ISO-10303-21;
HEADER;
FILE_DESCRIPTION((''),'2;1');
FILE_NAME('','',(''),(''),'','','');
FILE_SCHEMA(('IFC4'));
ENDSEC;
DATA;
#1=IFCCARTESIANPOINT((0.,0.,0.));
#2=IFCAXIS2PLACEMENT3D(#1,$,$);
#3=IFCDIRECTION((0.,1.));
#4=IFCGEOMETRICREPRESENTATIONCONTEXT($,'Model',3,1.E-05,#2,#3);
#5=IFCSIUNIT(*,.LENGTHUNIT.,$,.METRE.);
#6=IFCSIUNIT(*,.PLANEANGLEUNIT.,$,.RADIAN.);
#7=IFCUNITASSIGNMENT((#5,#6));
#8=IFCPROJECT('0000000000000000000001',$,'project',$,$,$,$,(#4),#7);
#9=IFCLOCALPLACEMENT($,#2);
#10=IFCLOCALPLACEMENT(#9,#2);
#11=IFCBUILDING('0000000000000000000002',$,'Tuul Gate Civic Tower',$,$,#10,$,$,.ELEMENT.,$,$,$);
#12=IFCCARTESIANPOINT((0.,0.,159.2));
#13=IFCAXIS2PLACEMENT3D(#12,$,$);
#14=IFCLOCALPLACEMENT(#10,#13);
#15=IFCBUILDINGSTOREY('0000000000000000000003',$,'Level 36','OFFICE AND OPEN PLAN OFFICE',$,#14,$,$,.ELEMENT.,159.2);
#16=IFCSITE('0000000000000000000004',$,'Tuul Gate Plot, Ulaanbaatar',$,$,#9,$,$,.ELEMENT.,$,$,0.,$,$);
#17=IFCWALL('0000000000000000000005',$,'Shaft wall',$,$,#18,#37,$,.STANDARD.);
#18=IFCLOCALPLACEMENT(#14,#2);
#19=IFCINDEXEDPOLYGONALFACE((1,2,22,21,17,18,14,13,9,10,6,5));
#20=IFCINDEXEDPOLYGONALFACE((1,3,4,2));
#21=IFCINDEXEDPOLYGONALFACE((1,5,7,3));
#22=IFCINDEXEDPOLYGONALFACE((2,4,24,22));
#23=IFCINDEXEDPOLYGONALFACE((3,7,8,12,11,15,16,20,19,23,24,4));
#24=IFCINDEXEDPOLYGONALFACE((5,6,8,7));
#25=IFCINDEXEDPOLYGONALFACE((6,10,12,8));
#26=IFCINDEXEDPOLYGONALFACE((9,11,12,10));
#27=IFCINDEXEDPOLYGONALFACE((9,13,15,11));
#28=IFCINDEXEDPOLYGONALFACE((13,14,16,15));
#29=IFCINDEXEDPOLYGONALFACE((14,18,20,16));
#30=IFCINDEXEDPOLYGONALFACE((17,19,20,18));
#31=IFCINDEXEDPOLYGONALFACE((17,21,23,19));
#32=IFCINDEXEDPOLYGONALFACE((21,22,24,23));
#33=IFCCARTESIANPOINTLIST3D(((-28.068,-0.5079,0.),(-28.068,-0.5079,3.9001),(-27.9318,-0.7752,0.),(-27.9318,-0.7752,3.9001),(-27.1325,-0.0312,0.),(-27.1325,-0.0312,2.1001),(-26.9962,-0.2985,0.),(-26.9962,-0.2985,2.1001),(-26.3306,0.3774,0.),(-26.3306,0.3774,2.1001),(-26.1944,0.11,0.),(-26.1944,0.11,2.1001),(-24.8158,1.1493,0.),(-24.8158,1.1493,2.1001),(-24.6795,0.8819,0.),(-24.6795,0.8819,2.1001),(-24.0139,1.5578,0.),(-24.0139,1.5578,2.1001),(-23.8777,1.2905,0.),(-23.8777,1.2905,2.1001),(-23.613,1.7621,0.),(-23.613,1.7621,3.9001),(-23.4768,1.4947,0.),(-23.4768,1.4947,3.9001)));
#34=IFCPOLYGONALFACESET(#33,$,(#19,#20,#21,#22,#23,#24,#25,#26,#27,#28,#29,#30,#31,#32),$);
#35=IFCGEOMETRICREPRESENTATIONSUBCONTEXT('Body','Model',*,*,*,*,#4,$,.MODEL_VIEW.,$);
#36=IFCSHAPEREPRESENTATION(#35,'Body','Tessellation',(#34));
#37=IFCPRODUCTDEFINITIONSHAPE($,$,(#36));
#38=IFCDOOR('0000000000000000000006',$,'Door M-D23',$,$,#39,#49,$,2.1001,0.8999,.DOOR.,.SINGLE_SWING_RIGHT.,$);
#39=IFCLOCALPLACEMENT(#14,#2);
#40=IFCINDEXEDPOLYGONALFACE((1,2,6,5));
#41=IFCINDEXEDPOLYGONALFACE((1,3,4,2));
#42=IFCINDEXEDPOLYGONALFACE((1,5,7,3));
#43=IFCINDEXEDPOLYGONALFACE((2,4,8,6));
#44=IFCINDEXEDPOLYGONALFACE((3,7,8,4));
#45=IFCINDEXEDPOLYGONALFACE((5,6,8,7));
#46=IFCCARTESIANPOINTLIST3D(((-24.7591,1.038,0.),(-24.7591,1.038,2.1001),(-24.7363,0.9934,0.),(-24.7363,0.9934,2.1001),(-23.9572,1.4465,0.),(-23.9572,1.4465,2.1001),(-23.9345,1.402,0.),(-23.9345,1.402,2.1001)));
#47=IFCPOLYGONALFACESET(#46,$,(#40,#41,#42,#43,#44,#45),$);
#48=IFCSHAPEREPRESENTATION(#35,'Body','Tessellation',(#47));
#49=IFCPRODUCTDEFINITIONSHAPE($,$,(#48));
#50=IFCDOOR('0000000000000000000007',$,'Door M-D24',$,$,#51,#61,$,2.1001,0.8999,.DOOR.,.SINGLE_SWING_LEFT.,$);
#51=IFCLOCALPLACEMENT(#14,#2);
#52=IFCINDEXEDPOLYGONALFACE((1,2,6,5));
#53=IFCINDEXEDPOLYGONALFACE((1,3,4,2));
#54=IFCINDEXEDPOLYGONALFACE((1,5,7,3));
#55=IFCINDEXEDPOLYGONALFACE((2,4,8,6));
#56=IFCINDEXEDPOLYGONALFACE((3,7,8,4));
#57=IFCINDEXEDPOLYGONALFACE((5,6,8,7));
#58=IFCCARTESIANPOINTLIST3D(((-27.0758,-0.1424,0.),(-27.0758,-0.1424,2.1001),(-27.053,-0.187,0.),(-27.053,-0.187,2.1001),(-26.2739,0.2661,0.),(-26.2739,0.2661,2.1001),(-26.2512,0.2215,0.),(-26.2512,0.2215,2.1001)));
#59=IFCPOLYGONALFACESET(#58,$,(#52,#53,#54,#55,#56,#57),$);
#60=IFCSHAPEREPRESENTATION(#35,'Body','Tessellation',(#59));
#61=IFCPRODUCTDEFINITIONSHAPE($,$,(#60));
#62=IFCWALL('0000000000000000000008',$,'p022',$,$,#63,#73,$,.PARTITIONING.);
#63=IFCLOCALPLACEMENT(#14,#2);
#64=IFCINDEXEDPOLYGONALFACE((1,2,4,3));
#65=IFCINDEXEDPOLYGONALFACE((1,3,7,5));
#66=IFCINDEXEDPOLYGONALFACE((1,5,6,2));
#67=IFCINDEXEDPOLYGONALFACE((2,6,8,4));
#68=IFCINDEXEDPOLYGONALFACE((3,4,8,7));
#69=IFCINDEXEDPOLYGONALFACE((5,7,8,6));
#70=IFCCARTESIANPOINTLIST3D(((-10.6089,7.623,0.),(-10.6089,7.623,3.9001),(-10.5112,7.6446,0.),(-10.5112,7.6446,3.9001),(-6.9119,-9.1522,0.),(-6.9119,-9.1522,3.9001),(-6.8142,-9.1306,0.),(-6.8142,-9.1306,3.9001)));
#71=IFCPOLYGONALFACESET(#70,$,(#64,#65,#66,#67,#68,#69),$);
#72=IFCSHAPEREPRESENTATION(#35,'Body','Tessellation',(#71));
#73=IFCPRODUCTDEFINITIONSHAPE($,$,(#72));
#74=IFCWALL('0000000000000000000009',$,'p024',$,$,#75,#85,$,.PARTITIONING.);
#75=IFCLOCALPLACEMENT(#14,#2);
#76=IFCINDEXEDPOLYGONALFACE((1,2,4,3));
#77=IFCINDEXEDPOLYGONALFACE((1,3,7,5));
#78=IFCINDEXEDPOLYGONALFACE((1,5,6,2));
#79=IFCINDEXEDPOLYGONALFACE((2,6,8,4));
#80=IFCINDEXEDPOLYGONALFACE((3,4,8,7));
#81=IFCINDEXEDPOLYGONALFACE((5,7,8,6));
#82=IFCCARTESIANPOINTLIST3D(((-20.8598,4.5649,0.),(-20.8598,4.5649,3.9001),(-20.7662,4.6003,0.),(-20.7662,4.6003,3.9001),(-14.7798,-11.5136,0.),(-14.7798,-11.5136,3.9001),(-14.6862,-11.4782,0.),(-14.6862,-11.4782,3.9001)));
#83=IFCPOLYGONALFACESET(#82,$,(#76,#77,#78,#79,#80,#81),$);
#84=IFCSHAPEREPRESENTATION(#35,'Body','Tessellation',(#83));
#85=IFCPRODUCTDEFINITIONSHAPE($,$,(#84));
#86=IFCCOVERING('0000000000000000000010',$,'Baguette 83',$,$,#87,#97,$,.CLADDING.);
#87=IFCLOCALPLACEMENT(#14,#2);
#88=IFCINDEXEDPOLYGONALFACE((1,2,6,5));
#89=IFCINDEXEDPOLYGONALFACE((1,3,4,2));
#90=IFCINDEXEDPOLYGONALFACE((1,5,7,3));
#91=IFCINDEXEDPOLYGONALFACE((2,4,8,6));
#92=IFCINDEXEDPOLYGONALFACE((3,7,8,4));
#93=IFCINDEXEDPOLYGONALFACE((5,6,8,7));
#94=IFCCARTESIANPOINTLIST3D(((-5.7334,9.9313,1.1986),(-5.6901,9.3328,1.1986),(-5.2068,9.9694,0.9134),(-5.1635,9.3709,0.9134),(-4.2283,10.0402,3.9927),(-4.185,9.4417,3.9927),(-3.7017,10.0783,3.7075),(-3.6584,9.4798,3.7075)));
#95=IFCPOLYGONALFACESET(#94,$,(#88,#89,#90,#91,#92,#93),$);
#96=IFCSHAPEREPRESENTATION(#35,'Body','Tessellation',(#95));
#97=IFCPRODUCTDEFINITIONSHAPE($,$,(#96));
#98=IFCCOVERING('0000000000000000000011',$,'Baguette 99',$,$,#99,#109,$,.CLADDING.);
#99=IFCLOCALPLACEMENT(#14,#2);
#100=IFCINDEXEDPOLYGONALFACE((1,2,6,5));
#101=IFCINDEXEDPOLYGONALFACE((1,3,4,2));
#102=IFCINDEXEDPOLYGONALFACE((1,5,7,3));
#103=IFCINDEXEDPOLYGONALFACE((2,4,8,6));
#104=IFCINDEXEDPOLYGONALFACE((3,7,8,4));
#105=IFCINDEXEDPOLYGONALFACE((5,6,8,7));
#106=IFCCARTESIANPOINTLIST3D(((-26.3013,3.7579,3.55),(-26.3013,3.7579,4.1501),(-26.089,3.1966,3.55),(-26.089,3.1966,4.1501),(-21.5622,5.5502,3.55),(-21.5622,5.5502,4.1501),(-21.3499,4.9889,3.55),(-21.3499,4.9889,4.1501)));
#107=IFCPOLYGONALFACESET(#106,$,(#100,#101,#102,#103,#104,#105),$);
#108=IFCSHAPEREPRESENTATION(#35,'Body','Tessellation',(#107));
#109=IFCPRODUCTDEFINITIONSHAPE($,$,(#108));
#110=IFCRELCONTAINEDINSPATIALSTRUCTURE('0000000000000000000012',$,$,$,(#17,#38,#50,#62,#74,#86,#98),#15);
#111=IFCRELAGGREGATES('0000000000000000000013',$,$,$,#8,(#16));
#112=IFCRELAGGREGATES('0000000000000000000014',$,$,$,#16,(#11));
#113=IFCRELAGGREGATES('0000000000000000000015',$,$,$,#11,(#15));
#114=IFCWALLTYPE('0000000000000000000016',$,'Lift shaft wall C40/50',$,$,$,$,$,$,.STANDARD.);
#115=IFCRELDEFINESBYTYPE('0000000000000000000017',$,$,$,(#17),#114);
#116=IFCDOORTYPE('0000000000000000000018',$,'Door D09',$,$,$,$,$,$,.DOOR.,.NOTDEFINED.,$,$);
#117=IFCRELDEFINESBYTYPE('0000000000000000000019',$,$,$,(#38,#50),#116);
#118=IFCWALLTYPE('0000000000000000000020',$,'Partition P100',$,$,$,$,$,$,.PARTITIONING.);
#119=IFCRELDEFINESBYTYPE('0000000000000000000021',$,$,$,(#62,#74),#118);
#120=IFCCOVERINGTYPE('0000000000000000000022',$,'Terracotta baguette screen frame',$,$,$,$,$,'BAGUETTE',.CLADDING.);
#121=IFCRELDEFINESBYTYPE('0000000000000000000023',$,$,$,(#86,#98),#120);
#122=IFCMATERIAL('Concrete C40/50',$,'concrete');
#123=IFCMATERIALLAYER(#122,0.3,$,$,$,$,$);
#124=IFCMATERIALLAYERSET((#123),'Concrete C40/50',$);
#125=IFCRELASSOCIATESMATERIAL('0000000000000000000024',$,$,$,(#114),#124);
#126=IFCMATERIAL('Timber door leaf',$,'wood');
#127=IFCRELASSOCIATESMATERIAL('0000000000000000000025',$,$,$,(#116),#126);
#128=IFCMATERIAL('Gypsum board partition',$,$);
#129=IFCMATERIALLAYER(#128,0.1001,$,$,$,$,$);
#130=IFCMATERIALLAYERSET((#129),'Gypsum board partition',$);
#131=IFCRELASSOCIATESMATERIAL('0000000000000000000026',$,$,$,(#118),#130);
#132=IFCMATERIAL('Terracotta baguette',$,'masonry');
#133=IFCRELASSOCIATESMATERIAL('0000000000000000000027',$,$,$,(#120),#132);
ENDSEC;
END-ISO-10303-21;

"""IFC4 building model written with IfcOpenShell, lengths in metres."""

from ifc_helpers import new_model, si_unit, direction, frame, frame_2d, origin, origin_2d, place, context, subcontext, project, spatial, rectangle, extrude, material, layer, layer_set, material_profile, profile_set, type_object, element, fill, save


model = new_model("IFC4")

# Units and contexts
model_context = context("Model", 3, precision=1e-05, world=origin(), true_north=direction((0.0, 1.0)))
body_context = subcontext(model_context, "Body", "Model", "MODEL_VIEW")
ifc_project = project(units=[si_unit("LENGTHUNIT", "METRE"), si_unit("PLANEANGLEUNIT", "RADIAN")], contexts=[model_context])

# Site, building, storey
site_placement = place(None, origin())
site = spatial("IfcSite", under=ifc_project, at=site_placement, Name="Tuul Gate Plot, Ulaanbaatar", CompositionType="ELEMENT", RefElevation=0.0)
building_placement = place(site_placement, origin())
building = spatial("IfcBuilding", under=site, at=building_placement, Name="Tuul Gate Civic Tower", CompositionType="ELEMENT")
storey_placement = place(building_placement, frame((0.0, 0.0, 159.2)))
storey = spatial("IfcBuildingStorey", under=building, at=storey_placement, Name="Level 36", Description="OFFICE AND OPEN PLAN OFFICE", CompositionType="ELEMENT", Elevation=159.2)

# Wall, openings, doors
ifc_material_1 = material(Name="Concrete C40/50", Category="concrete")
ifc_layer_1 = layer(ifc_material_1, 0.3)
ifc_layer_set_1 = layer_set([ifc_layer_1], Name="Concrete C40/50")
wall_type_1 = type_object("IfcWallType", Name="Lift shaft wall C40/50", PredefinedType="STANDARD", material=ifc_layer_set_1)
wall_1_placement = place(storey_placement, frame((-23.5449, 1.6284, 0.0), z_axis=(0.0, 0.0, 1.0), x_axis=(-0.891003, -0.453997, 0.0)))
wall_1 = element("IfcWall", 1, at=wall_1_placement, inside=storey, type_object=wall_type_1, Name="Shaft wall", PredefinedType="STANDARD", context=body_context, shape_type="SweptSolid", body=[
    extrude(rectangle(XDim=5.0, YDim=0.3, at=frame_2d((2.5, 0.0))), origin(), (0.0, 0.0, 1.0), 3.9001),
])
opening_1_placement = place(wall_1_placement, frame((0.45, 0.0, 0.0)))
opening_1 = element("IfcOpeningElement", 2, at=opening_1_placement, cuts=wall_1, PredefinedType="OPENING", context=body_context, shape_type="SweptSolid", body=[
    extrude(rectangle(XDim=0.8999, YDim=2.1001, at=frame_2d((0.45, 1.05))), frame((0.0, 0.1602, 0.0), z_axis=(0.0, -1.0, 0.0), x_axis=(1.0, 0.0, 0.0)), (0.0, 0.0, 1.0), 0.3201),
])
opening_2_placement = place(wall_1_placement, frame((3.05, 0.0, 0.0)))
opening_2 = element("IfcOpeningElement", 3, at=opening_2_placement, cuts=wall_1, PredefinedType="OPENING", context=body_context, shape_type="SweptSolid", body=[
    extrude(rectangle(XDim=0.8999, YDim=2.1001, at=frame_2d((0.45, 1.05))), frame((0.0, 0.1602, 0.0), z_axis=(0.0, -1.0, 0.0), x_axis=(1.0, 0.0, 0.0)), (0.0, 0.0, 1.0), 0.3201),
])
ifc_material_2 = material(Name="Timber door leaf", Category="wood")
door_type = type_object("IfcDoorType", Name="Door D09", OperationType="NOTDEFINED", PredefinedType="DOOR", material=ifc_material_2)
door_1_placement = place(opening_1_placement, origin())
door_1 = element("IfcDoor", 4, at=door_1_placement, inside=storey, type_object=door_type, Name="Door M-D23", OperationType="SINGLE_SWING_RIGHT", OverallHeight=2.1001, OverallWidth=0.8999, PredefinedType="DOOR", context=body_context, shape_type="SweptSolid", body=[
    extrude(rectangle(XDim=0.8999, YDim=2.1001, at=frame_2d((0.45, 1.05))), frame((0.0, 0.0249, 0.0), z_axis=(0.0, -1.0, 0.0), x_axis=(1.0, 0.0, 0.0)), (0.0, 0.0, 1.0), 0.05),
])
fill(opening_1, door_1)
door_2_placement = place(opening_2_placement, origin())
door_2 = element("IfcDoor", 5, at=door_2_placement, inside=storey, type_object=door_type, Name="Door M-D24", OperationType="SINGLE_SWING_LEFT", OverallHeight=2.1001, OverallWidth=0.8999, PredefinedType="DOOR", context=body_context, shape_type="SweptSolid", body=[
    extrude(rectangle(XDim=0.8999, YDim=2.1001, at=frame_2d((0.45, 1.05))), frame((0.0, 0.0249, 0.0), z_axis=(0.0, -1.0, 0.0), x_axis=(1.0, 0.0, 0.0)), (0.0, 0.0, 1.0), 0.05),
])
fill(opening_2, door_2)

# Walls
ifc_material_3 = material(Name="Gypsum board partition")
ifc_layer_2 = layer(ifc_material_3, 0.1001)
ifc_layer_set_2 = layer_set([ifc_layer_2], Name="Gypsum board partition")
wall_type_2 = type_object("IfcWallType", Name="Partition P100", PredefinedType="PARTITIONING", material=ifc_layer_set_2)
wall_2_placement = place(storey_placement, frame((-10.5601, 7.6338, 0.0), z_axis=(0.0, 0.0, 1.0), x_axis=(0.215222, -0.976565, 0.0)))
element("IfcWall", 6, at=wall_2_placement, inside=storey, type_object=wall_type_2, Name="p022", PredefinedType="PARTITIONING", context=body_context, shape_type="SweptSolid", body=[
    extrude(rectangle(XDim=17.1777, YDim=0.1001, at=frame_2d((8.5889, 0.0))), origin(), (0.0, 0.0, 1.0), 3.9001),
])
wall_3_placement = place(storey_placement, frame((-20.813, 4.5825, 0.0), z_axis=(0.0, 0.0, 1.0), x_axis=(0.353703, -0.935358, 0.0)))
element("IfcWall", 7, at=wall_3_placement, inside=storey, type_object=wall_type_2, Name="p024", PredefinedType="PARTITIONING", context=body_context, shape_type="SweptSolid", body=[
    extrude(rectangle(XDim=17.1897, YDim=0.1001, at=frame_2d((8.5947, 0.0))), origin(), (0.0, 0.0, 1.0), 3.9001),
])

# Coverings
ifc_material_4 = material(Name="Terracotta baguette", Category="masonry")
ifc_material_profile_1 = material_profile(ifc_material_4, rectangle(XDim=0.6001, YDim=0.6001, at=origin_2d()), Name="Terracotta baguette screen frame")
ifc_profile_set_1 = profile_set([ifc_material_profile_1], Name="Terracotta baguette")
covering_type = type_object("IfcCoveringType", Name="Terracotta baguette screen frame", ElementType="BAGUETTE", PredefinedType="CLADDING", material=ifc_profile_set_1)
covering_1_placement = place(storey_placement, frame((-3.9434, 9.76, 3.8501), z_axis=(-0.473959, -0.034288, -0.879879), x_axis=(0.072155, -0.997393, 0.0)))
element("IfcCovering", 8, at=covering_1_placement, inside=storey, type_object=covering_type, Name="Baguette 83", PredefinedType="CLADDING", context=body_context, shape_type="SweptSolid", body=[
    extrude(rectangle(XDim=0.6001, YDim=0.6001, at=origin_2d()), origin(), (0.0, 0.0, 1.0), 3.1755),
])
covering_2_placement = place(storey_placement, frame((-21.4561, 5.2695, 3.8501), z_axis=(-0.935345, -0.353736, 0.0), x_axis=(0.353736, -0.935345, 0.0)))
element("IfcCovering", 9, at=covering_2_placement, inside=storey, type_object=covering_type, Name="Baguette 99", PredefinedType="CLADDING", context=body_context, shape_type="SweptSolid", body=[
    extrude(rectangle(XDim=0.6001, YDim=0.6001, at=origin_2d()), origin(), (0.0, 0.0, 1.0), 5.0667),
])

save(model, "model.ifc")
